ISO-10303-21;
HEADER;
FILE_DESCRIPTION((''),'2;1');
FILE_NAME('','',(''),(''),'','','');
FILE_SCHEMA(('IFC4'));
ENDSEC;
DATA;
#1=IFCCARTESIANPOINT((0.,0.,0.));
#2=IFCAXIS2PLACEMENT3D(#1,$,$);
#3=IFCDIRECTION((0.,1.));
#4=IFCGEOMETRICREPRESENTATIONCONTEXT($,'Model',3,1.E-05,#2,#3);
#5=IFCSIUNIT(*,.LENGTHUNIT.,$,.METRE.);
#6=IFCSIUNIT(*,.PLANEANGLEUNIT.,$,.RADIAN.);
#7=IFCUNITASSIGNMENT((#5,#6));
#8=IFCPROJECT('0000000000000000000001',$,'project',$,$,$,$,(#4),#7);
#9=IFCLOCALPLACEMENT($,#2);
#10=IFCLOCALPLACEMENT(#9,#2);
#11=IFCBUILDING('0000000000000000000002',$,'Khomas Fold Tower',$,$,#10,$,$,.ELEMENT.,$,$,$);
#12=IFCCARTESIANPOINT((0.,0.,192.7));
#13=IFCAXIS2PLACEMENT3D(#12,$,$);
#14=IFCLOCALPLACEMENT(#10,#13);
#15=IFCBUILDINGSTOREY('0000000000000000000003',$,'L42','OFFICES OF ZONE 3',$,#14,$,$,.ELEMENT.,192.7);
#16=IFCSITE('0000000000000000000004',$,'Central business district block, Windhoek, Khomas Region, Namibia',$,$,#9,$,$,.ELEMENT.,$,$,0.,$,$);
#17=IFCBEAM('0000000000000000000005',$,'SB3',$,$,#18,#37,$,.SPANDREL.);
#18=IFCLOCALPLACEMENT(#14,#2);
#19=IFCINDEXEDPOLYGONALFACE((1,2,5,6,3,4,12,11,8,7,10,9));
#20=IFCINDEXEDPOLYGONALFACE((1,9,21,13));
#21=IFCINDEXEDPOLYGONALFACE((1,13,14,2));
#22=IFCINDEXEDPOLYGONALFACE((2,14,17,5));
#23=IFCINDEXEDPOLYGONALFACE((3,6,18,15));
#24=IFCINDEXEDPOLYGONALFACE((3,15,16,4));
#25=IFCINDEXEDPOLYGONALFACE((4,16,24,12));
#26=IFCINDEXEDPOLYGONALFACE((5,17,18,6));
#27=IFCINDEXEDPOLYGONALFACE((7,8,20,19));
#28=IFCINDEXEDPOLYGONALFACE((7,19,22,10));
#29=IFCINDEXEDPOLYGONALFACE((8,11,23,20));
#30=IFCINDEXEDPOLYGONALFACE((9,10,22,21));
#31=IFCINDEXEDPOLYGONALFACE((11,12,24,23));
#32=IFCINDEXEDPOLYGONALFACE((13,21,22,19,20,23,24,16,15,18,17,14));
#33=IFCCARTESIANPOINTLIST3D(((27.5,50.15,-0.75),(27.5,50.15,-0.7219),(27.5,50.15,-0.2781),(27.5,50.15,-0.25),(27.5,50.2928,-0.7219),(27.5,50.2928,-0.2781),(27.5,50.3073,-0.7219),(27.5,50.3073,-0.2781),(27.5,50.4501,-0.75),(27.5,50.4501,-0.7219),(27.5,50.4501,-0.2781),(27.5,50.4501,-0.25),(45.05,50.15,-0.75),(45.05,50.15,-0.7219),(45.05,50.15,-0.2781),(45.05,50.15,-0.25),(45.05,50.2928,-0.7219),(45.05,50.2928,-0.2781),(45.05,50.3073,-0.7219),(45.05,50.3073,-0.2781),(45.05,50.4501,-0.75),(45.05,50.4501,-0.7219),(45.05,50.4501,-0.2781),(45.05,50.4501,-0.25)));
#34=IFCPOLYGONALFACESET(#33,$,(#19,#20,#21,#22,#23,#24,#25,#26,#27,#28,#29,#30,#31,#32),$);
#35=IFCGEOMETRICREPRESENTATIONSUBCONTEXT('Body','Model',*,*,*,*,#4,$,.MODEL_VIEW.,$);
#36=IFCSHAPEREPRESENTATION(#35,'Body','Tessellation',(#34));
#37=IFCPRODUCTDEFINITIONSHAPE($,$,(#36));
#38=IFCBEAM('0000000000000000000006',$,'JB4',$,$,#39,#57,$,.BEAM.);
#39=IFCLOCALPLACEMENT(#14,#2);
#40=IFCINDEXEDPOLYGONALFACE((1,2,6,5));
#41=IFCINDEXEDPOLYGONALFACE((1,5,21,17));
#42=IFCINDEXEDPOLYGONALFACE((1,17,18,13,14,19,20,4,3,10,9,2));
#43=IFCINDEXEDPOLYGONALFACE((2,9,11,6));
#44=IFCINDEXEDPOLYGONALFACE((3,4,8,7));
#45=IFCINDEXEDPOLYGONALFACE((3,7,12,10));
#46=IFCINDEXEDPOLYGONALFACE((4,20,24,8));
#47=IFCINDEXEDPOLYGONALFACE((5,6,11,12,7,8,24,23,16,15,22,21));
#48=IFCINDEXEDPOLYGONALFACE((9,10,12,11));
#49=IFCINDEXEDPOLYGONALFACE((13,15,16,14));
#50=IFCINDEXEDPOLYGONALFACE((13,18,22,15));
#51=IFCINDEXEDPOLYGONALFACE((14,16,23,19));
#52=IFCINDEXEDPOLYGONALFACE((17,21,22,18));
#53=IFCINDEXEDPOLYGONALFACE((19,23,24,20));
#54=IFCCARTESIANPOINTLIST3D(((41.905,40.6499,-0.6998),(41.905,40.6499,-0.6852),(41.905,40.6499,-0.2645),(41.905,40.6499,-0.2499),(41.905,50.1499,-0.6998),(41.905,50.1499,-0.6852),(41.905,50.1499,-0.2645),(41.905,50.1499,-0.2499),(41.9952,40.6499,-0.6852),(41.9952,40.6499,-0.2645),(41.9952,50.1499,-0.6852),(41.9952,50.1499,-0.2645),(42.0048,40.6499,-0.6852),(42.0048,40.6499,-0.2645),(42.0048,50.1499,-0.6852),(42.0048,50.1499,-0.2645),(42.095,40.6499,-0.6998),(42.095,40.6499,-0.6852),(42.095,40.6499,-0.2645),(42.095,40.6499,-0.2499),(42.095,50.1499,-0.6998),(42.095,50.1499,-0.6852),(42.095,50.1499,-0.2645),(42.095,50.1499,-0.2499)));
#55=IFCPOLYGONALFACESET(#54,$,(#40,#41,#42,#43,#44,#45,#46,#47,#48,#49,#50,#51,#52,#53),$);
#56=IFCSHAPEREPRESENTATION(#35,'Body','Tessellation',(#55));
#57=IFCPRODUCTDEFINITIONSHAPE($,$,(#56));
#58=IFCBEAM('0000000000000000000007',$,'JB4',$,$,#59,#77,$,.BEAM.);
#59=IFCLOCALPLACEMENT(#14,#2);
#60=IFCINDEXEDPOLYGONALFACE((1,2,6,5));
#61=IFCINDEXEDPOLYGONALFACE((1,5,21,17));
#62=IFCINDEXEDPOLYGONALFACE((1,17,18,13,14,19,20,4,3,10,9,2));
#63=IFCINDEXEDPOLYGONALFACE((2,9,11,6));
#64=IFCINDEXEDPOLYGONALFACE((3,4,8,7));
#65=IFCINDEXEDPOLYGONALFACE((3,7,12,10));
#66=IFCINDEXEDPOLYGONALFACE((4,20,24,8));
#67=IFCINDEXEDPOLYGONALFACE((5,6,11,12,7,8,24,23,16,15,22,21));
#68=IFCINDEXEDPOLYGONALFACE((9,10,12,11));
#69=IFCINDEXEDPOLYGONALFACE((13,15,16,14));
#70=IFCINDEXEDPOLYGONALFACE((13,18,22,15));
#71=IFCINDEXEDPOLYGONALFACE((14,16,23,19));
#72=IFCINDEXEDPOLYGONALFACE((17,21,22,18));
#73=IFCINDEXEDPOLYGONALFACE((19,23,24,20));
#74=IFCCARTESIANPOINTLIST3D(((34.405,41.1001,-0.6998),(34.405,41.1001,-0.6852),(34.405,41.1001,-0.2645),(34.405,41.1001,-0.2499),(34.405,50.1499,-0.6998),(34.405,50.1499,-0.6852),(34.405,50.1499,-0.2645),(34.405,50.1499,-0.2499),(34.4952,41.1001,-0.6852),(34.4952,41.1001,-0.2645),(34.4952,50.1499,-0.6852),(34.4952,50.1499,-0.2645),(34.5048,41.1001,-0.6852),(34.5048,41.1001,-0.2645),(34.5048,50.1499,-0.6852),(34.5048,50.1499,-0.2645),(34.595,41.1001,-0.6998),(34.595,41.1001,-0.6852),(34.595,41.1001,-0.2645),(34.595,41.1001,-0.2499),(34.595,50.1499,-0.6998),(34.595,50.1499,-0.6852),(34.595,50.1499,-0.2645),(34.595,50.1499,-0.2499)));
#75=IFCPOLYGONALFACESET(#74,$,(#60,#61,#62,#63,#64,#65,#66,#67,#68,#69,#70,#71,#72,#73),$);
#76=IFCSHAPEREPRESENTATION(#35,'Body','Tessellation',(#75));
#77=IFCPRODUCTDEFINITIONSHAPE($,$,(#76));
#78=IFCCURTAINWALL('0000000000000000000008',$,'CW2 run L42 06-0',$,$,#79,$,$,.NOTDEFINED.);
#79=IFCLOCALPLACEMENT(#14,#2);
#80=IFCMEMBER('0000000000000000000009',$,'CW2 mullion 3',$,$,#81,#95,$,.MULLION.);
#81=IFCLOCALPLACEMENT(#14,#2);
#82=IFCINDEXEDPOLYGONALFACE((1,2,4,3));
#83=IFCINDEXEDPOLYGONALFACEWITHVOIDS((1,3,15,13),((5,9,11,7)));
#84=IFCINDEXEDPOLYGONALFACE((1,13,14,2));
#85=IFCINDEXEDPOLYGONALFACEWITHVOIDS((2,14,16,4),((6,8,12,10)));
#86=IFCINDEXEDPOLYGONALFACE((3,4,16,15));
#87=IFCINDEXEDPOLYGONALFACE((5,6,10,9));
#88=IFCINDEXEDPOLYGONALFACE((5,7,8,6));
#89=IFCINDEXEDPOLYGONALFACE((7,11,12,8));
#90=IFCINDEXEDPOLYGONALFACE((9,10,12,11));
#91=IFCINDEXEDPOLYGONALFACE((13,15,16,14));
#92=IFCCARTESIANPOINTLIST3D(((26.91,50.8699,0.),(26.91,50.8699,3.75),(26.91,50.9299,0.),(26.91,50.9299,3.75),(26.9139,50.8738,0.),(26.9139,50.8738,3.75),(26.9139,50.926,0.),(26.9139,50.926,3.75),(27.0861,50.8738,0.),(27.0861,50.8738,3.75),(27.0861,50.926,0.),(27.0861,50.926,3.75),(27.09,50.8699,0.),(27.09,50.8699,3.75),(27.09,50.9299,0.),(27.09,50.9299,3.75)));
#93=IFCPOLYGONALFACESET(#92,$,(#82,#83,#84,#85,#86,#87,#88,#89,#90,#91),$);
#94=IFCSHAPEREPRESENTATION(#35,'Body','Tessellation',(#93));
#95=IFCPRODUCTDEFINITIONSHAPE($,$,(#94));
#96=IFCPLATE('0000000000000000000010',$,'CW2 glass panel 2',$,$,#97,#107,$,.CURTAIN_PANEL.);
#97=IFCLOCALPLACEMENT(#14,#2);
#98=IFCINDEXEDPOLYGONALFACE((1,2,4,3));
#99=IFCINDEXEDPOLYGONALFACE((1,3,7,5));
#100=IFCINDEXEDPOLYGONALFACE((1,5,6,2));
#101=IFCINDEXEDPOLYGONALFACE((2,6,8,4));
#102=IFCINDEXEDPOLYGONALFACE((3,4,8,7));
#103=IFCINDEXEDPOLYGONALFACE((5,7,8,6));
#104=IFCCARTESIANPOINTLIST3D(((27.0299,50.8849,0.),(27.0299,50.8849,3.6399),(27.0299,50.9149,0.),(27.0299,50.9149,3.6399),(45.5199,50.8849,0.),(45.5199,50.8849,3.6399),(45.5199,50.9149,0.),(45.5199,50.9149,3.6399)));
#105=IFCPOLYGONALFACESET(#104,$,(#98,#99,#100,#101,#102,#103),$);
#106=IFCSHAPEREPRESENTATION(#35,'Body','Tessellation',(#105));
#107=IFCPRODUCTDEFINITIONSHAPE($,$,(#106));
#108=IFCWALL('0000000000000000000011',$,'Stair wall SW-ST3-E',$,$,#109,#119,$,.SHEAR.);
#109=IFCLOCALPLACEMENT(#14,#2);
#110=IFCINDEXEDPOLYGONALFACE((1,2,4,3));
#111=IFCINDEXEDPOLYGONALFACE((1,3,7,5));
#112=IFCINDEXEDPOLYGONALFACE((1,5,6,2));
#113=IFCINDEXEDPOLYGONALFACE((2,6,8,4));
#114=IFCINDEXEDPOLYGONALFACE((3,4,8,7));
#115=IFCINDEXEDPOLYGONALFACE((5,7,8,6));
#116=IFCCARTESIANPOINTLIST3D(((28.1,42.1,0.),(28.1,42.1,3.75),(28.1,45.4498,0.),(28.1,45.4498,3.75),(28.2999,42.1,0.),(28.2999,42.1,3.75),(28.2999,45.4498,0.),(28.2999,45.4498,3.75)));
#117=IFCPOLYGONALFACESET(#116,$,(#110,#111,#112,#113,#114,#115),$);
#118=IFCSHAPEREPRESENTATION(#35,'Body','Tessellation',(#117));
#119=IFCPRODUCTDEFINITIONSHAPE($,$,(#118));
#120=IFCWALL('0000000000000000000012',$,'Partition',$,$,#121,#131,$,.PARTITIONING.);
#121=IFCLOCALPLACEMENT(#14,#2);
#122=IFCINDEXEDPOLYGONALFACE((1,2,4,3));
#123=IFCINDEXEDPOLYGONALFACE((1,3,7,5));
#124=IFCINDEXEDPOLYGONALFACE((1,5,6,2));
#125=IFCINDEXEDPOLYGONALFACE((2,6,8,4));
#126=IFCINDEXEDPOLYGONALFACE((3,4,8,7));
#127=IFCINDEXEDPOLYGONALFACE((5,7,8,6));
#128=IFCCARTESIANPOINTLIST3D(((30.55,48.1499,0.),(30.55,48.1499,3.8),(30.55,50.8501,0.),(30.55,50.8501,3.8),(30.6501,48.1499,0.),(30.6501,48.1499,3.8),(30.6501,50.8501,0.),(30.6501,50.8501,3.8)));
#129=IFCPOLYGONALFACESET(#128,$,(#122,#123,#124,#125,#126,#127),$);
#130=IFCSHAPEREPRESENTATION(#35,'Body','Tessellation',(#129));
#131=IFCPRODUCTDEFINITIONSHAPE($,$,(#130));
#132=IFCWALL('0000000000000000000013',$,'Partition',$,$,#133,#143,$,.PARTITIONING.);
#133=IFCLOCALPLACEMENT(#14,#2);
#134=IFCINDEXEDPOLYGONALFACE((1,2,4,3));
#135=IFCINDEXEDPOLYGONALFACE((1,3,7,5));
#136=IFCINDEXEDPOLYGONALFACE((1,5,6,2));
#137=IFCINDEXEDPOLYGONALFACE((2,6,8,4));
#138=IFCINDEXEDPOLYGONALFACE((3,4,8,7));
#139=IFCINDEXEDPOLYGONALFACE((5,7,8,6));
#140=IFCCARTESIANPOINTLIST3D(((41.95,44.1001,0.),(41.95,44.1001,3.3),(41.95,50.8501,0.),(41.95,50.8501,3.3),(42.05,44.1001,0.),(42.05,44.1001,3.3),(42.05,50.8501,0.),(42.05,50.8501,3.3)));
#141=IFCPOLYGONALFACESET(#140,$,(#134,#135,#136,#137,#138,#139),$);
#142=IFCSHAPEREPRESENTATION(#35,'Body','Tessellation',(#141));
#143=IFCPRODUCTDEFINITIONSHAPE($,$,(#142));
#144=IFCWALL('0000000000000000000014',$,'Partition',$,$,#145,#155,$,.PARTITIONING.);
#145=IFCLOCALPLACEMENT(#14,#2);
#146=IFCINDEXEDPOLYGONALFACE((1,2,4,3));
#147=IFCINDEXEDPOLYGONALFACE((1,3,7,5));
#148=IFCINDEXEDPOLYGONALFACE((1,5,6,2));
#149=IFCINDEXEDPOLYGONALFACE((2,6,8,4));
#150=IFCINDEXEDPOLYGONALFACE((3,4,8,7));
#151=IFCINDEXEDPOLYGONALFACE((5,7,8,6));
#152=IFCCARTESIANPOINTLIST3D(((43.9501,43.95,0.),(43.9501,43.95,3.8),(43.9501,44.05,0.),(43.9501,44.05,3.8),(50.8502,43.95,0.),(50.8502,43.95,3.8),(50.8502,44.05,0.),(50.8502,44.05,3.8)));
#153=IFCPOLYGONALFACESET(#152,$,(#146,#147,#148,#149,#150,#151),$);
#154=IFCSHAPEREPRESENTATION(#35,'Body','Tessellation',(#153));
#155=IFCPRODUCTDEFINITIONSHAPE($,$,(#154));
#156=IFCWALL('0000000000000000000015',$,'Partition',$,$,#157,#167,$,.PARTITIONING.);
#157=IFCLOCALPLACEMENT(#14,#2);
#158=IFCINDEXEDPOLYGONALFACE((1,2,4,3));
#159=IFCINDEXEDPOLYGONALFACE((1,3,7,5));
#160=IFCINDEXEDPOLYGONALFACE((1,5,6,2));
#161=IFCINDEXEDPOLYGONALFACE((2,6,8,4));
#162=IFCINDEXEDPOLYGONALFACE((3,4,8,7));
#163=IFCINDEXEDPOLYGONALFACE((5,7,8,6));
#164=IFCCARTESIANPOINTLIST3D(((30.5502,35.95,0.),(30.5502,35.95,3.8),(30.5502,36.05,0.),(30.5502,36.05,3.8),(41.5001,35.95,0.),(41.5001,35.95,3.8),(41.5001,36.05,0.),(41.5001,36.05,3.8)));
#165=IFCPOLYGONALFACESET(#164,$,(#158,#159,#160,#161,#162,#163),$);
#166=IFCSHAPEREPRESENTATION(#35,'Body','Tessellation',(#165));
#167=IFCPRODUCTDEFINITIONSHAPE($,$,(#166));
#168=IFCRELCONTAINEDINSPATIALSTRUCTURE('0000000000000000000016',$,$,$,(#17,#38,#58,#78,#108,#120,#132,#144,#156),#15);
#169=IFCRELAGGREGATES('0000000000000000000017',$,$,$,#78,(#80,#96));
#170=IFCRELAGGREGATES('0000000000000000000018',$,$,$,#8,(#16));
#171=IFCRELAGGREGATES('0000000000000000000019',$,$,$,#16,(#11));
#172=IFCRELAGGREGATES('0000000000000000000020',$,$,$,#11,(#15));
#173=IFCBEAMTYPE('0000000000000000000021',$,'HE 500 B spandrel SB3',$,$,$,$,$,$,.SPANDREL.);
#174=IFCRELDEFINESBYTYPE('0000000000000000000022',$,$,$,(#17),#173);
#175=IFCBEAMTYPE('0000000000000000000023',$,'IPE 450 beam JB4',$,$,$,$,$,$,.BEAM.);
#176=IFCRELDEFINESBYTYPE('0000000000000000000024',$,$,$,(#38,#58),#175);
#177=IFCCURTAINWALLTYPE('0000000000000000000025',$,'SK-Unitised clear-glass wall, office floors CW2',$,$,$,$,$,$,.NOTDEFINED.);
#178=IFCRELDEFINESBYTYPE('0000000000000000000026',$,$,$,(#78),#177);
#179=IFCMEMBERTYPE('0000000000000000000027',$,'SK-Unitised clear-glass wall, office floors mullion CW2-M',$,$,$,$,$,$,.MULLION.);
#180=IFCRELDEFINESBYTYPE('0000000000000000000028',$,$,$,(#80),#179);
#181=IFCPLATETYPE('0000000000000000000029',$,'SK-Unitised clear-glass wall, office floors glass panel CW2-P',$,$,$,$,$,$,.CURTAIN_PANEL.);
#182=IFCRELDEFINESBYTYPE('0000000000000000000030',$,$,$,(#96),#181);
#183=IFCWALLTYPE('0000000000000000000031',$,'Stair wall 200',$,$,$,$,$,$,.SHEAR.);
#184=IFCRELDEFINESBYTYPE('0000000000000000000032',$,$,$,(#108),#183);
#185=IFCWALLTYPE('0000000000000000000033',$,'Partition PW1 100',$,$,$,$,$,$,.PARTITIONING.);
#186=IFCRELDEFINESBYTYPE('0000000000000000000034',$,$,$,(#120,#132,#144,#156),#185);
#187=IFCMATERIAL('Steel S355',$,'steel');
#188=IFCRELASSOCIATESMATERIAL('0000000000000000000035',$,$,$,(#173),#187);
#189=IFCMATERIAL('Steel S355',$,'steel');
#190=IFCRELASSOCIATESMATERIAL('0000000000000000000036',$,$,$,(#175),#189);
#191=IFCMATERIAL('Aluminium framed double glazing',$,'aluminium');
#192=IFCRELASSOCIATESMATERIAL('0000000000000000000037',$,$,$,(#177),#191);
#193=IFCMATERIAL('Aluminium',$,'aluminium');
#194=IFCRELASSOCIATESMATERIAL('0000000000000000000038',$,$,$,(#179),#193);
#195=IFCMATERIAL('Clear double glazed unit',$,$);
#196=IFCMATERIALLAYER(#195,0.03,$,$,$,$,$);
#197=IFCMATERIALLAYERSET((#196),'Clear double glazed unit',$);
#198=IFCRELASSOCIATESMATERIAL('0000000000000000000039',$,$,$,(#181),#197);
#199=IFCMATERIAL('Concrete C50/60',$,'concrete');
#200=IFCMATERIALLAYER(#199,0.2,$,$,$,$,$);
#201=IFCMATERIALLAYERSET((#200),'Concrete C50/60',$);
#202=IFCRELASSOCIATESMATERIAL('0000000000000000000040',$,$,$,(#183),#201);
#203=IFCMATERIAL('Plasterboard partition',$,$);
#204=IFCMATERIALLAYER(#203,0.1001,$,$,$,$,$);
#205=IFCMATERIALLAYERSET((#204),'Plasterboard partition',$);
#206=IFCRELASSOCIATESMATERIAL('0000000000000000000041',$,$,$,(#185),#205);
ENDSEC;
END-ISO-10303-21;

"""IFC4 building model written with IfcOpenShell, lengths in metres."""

from ifc_helpers import new_model, si_unit, direction, frame, frame_2d, origin, origin_2d, place, context, subcontext, project, spatial, rectangle, hollow_rectangle, i_section, extrude, source, transform, mapped, material, layer, layer_set, material_profile, profile_set, type_object, element, aggregate, save


model = new_model("IFC4")

# Units and contexts
model_context = context("Model", 3, precision=1e-05, world=origin(), true_north=direction((0.0, 1.0)))
body_context = subcontext(model_context, "Body", "Model", "MODEL_VIEW")
ifc_project = project(units=[si_unit("LENGTHUNIT", "METRE"), si_unit("PLANEANGLEUNIT", "RADIAN")], contexts=[model_context])

# Site, building, storey
site_placement = place(None, origin())
site = spatial("IfcSite", under=ifc_project, at=site_placement, Name="Central business district block, Windhoek, Khomas Region, Namibia", CompositionType="ELEMENT", RefElevation=0.0)
building_placement = place(site_placement, origin())
building = spatial("IfcBuilding", under=site, at=building_placement, Name="Khomas Fold Tower", CompositionType="ELEMENT")
storey_placement = place(building_placement, frame((0.0, 0.0, 192.7)))
storey = spatial("IfcBuildingStorey", under=building, at=storey_placement, Name="L42", Description="OFFICES OF ZONE 3", CompositionType="ELEMENT", Elevation=192.7)

# Beams
ifc_material_1 = material(Name="Steel S355", Category="steel")
ifc_material_profile_1 = material_profile(ifc_material_1, i_section(OverallWidth=0.3, OverallDepth=0.5, WebThickness=0.0144, FlangeThickness=0.0281, at=origin_2d()), Name="HE 500 B")
ifc_profile_set_1 = profile_set([ifc_material_profile_1], Name="Steel S355")
beam_type_1 = type_object("IfcBeamType", Name="HE 500 B spandrel SB3", PredefinedType="SPANDREL", material=ifc_profile_set_1)
shared_shape_1 = source(origin(), body_context, "Body", "SweptSolid", [
    extrude(i_section(OverallWidth=0.3, OverallDepth=0.5, WebThickness=0.0144, FlangeThickness=0.0281, at=origin_2d()), origin(), (0.0, 0.0, 1.0), 17.55),
])
beam_1_placement = place(storey_placement, frame((27.5, 50.3, -0.5), z_axis=(1.0, 0.0, 0.0), x_axis=(0.0, 1.0, 0.0)))
element("IfcBeam", 1, at=beam_1_placement, inside=storey, type_object=beam_type_1, Name="SB3", PredefinedType="SPANDREL", context=body_context, shape_type="MappedRepresentation", body=[
    mapped(shared_shape_1, transform((0.0, 0.0, 0.0))),
])
ifc_material_2 = material(Name="Steel S355", Category="steel")
ifc_material_profile_2 = material_profile(ifc_material_2, i_section(OverallWidth=0.1899, OverallDepth=0.45, WebThickness=0.0095, FlangeThickness=0.0146, at=origin_2d()), Name="IPE 450")
ifc_profile_set_2 = profile_set([ifc_material_profile_2], Name="Steel S355")
beam_type_2 = type_object("IfcBeamType", Name="IPE 450 beam JB4", PredefinedType="BEAM", material=ifc_profile_set_2)
shared_shape_2 = source(origin(), body_context, "Body", "SweptSolid", [
    extrude(i_section(OverallWidth=0.1899, OverallDepth=0.45, WebThickness=0.0095, FlangeThickness=0.0146, at=origin_2d()), origin(), (0.0, 0.0, 1.0), 9.5),
])
beam_2_placement = place(storey_placement, frame((42.0, 40.6499, -0.4749), z_axis=(0.0, 1.0, 0.0), x_axis=(-1.0, 0.0, 0.0)))
element("IfcBeam", 2, at=beam_2_placement, inside=storey, type_object=beam_type_2, Name="JB4", PredefinedType="BEAM", context=body_context, shape_type="MappedRepresentation", body=[
    mapped(shared_shape_2, transform((0.0, 0.0, 0.0))),
])
shared_shape_3 = source(origin(), body_context, "Body", "SweptSolid", [
    extrude(i_section(OverallWidth=0.1899, OverallDepth=0.45, WebThickness=0.0095, FlangeThickness=0.0146, at=origin_2d()), origin(), (0.0, 0.0, 1.0), 9.0498),
])
beam_3_placement = place(storey_placement, frame((34.5, 41.1001, -0.4749), z_axis=(0.0, 1.0, 0.0), x_axis=(-1.0, 0.0, 0.0)))
element("IfcBeam", 3, at=beam_3_placement, inside=storey, type_object=beam_type_2, Name="JB4", PredefinedType="BEAM", context=body_context, shape_type="MappedRepresentation", body=[
    mapped(shared_shape_3, transform((0.0, 0.0, 0.0))),
])

# Curtain wall, member, plate
ifc_material_3 = material(Name="Aluminium framed double glazing", Category="aluminium")
curtain_wall_type = type_object("IfcCurtainWallType", Name="SK-Unitised clear-glass wall, office floors CW2", PredefinedType="NOTDEFINED", material=ifc_material_3)
curtain_wall_placement = place(storey_placement, origin())
curtain_wall = element("IfcCurtainWall", 4, at=curtain_wall_placement, inside=storey, type_object=curtain_wall_type, Name="CW2 run L42 06-0", PredefinedType="NOTDEFINED")
ifc_material_4 = material(Name="Aluminium", Category="aluminium")
ifc_material_profile_3 = material_profile(ifc_material_4, hollow_rectangle(XDim=0.0601, YDim=0.1799, WallThickness=0.0039, at=origin_2d()), Name="SK-Unitised clear-glass wall, office floors mullion CW2-M")
ifc_profile_set_3 = profile_set([ifc_material_profile_3], Name="Aluminium")
member_type = type_object("IfcMemberType", Name="SK-Unitised clear-glass wall, office floors mullion CW2-M", PredefinedType="MULLION", material=ifc_profile_set_3)
shared_shape_4 = source(origin(), body_context, "Body", "SweptSolid", [
    extrude(hollow_rectangle(XDim=0.0601, YDim=0.1799, WallThickness=0.0039, at=origin_2d()), origin(), (0.0, 0.0, 1.0), 3.75),
])
member_placement = place(storey_placement, frame((27.0, 50.8999, 0.0), z_axis=(0.0, 0.0, 1.0), x_axis=(0.0, -1.0, 0.0)))
member = element("IfcMember", 5, at=member_placement, type_object=member_type, Name="CW2 mullion 3", PredefinedType="MULLION", context=body_context, shape_type="MappedRepresentation", body=[
    mapped(shared_shape_4, transform((0.0, 0.0, 0.0))),
])
ifc_material_5 = material(Name="Clear double glazed unit")
ifc_layer_1 = layer(ifc_material_5, 0.03)
ifc_layer_set_1 = layer_set([ifc_layer_1], Name="Clear double glazed unit")
plate_type = type_object("IfcPlateType", Name="SK-Unitised clear-glass wall, office floors glass panel CW2-P", PredefinedType="CURTAIN_PANEL", material=ifc_layer_set_1)
shared_shape_5 = source(origin(), body_context, "Body", "SweptSolid", [
    extrude(rectangle(XDim=18.49, YDim=0.03, at=origin_2d()), origin(), (0.0, 0.0, 1.0), 3.6399),
])
plate_placement = place(storey_placement, frame((36.2749, 50.8999, 0.0), z_axis=(0.0, 0.0, 1.0), x_axis=(-1.0, 0.0, 0.0)))
plate = element("IfcPlate", 6, at=plate_placement, type_object=plate_type, Name="CW2 glass panel 2", PredefinedType="CURTAIN_PANEL", context=body_context, shape_type="MappedRepresentation", body=[
    mapped(shared_shape_5, transform((0.0, 0.0, 0.0))),
])
aggregate(curtain_wall, [member, plate])

# Walls
ifc_material_6 = material(Name="Concrete C50/60", Category="concrete")
ifc_layer_2 = layer(ifc_material_6, 0.2)
ifc_layer_set_2 = layer_set([ifc_layer_2], Name="Concrete C50/60")
wall_type_1 = type_object("IfcWallType", Name="Stair wall 200", PredefinedType="SHEAR", material=ifc_layer_set_2)
shared_shape_6 = source(origin(), body_context, "Body", "SweptSolid", [
    extrude(rectangle(XDim=3.3499, YDim=0.2, at=frame_2d((1.6748, 0.0))), origin(), (0.0, 0.0, 1.0), 3.75),
])
wall_1_placement = place(storey_placement, frame((28.2, 42.1001, 0.0), z_axis=(0.0, 0.0, 1.0), x_axis=(0.0, 1.0, 0.0)))
element("IfcWall", 7, at=wall_1_placement, inside=storey, type_object=wall_type_1, Name="Stair wall SW-ST3-E", PredefinedType="SHEAR", context=body_context, shape_type="MappedRepresentation", body=[
    mapped(shared_shape_6, transform((0.0, 0.0, 0.0))),
])
ifc_material_7 = material(Name="Plasterboard partition")
ifc_layer_3 = layer(ifc_material_7, 0.1001)
ifc_layer_set_3 = layer_set([ifc_layer_3], Name="Plasterboard partition")
wall_type_2 = type_object("IfcWallType", Name="Partition PW1 100", PredefinedType="PARTITIONING", material=ifc_layer_set_3)
shared_shape_7 = source(origin(), body_context, "Body", "SweptSolid", [
    extrude(rectangle(XDim=2.7002, YDim=0.1001, at=frame_2d((1.3501, 0.0))), origin(), (0.0, 0.0, 1.0), 3.8),
])
wall_2_placement = place(storey_placement, frame((30.6001, 48.1499, 0.0), z_axis=(0.0, 0.0, 1.0), x_axis=(0.0, 1.0, 0.0)))
element("IfcWall", 8, at=wall_2_placement, inside=storey, type_object=wall_type_2, Name="Partition", PredefinedType="PARTITIONING", context=body_context, shape_type="MappedRepresentation", body=[
    mapped(shared_shape_7, transform((0.0, 0.0, 0.0))),
])
shared_shape_8 = source(origin(), body_context, "Body", "SweptSolid", [
    extrude(rectangle(XDim=6.75, YDim=0.1001, at=frame_2d((3.375, 0.0))), origin(), (0.0, 0.0, 1.0), 3.3),
])
wall_3_placement = place(storey_placement, frame((42.0, 44.1001, 0.0), z_axis=(0.0, 0.0, 1.0), x_axis=(0.0, 1.0, 0.0)))
element("IfcWall", 9, at=wall_3_placement, inside=storey, type_object=wall_type_2, Name="Partition", PredefinedType="PARTITIONING", context=body_context, shape_type="MappedRepresentation", body=[
    mapped(shared_shape_8, transform((0.0, 0.0, 0.0))),
])
shared_shape_9 = source(origin(), body_context, "Body", "SweptSolid", [
    extrude(rectangle(XDim=6.9001, YDim=0.1001, at=frame_2d((3.4502, 0.0))), origin(), (0.0, 0.0, 1.0), 3.8),
])
wall_4_placement = place(storey_placement, frame((43.95, 44.0, 0.0), z_axis=(0.0, 0.0, 1.0), x_axis=(1.0, 0.0, 0.0)))
element("IfcWall", 10, at=wall_4_placement, inside=storey, type_object=wall_type_2, Name="Partition", PredefinedType="PARTITIONING", context=body_context, shape_type="MappedRepresentation", body=[
    mapped(shared_shape_9, transform((0.0, 0.0, 0.0))),
])
shared_shape_10 = source(origin(), body_context, "Body", "SweptSolid", [
    extrude(rectangle(XDim=10.95, YDim=0.1001, at=frame_2d((5.4751, 0.0))), origin(), (0.0, 0.0, 1.0), 3.8),
])
wall_5_placement = place(storey_placement, frame((30.55, 36.0, 0.0), z_axis=(0.0, 0.0, 1.0), x_axis=(1.0, 0.0, 0.0)))
element("IfcWall", 11, at=wall_5_placement, inside=storey, type_object=wall_type_2, Name="Partition", PredefinedType="PARTITIONING", context=body_context, shape_type="MappedRepresentation", body=[
    mapped(shared_shape_10, transform((0.0, 0.0, 0.0))),
])

save(model, "model.ifc")
